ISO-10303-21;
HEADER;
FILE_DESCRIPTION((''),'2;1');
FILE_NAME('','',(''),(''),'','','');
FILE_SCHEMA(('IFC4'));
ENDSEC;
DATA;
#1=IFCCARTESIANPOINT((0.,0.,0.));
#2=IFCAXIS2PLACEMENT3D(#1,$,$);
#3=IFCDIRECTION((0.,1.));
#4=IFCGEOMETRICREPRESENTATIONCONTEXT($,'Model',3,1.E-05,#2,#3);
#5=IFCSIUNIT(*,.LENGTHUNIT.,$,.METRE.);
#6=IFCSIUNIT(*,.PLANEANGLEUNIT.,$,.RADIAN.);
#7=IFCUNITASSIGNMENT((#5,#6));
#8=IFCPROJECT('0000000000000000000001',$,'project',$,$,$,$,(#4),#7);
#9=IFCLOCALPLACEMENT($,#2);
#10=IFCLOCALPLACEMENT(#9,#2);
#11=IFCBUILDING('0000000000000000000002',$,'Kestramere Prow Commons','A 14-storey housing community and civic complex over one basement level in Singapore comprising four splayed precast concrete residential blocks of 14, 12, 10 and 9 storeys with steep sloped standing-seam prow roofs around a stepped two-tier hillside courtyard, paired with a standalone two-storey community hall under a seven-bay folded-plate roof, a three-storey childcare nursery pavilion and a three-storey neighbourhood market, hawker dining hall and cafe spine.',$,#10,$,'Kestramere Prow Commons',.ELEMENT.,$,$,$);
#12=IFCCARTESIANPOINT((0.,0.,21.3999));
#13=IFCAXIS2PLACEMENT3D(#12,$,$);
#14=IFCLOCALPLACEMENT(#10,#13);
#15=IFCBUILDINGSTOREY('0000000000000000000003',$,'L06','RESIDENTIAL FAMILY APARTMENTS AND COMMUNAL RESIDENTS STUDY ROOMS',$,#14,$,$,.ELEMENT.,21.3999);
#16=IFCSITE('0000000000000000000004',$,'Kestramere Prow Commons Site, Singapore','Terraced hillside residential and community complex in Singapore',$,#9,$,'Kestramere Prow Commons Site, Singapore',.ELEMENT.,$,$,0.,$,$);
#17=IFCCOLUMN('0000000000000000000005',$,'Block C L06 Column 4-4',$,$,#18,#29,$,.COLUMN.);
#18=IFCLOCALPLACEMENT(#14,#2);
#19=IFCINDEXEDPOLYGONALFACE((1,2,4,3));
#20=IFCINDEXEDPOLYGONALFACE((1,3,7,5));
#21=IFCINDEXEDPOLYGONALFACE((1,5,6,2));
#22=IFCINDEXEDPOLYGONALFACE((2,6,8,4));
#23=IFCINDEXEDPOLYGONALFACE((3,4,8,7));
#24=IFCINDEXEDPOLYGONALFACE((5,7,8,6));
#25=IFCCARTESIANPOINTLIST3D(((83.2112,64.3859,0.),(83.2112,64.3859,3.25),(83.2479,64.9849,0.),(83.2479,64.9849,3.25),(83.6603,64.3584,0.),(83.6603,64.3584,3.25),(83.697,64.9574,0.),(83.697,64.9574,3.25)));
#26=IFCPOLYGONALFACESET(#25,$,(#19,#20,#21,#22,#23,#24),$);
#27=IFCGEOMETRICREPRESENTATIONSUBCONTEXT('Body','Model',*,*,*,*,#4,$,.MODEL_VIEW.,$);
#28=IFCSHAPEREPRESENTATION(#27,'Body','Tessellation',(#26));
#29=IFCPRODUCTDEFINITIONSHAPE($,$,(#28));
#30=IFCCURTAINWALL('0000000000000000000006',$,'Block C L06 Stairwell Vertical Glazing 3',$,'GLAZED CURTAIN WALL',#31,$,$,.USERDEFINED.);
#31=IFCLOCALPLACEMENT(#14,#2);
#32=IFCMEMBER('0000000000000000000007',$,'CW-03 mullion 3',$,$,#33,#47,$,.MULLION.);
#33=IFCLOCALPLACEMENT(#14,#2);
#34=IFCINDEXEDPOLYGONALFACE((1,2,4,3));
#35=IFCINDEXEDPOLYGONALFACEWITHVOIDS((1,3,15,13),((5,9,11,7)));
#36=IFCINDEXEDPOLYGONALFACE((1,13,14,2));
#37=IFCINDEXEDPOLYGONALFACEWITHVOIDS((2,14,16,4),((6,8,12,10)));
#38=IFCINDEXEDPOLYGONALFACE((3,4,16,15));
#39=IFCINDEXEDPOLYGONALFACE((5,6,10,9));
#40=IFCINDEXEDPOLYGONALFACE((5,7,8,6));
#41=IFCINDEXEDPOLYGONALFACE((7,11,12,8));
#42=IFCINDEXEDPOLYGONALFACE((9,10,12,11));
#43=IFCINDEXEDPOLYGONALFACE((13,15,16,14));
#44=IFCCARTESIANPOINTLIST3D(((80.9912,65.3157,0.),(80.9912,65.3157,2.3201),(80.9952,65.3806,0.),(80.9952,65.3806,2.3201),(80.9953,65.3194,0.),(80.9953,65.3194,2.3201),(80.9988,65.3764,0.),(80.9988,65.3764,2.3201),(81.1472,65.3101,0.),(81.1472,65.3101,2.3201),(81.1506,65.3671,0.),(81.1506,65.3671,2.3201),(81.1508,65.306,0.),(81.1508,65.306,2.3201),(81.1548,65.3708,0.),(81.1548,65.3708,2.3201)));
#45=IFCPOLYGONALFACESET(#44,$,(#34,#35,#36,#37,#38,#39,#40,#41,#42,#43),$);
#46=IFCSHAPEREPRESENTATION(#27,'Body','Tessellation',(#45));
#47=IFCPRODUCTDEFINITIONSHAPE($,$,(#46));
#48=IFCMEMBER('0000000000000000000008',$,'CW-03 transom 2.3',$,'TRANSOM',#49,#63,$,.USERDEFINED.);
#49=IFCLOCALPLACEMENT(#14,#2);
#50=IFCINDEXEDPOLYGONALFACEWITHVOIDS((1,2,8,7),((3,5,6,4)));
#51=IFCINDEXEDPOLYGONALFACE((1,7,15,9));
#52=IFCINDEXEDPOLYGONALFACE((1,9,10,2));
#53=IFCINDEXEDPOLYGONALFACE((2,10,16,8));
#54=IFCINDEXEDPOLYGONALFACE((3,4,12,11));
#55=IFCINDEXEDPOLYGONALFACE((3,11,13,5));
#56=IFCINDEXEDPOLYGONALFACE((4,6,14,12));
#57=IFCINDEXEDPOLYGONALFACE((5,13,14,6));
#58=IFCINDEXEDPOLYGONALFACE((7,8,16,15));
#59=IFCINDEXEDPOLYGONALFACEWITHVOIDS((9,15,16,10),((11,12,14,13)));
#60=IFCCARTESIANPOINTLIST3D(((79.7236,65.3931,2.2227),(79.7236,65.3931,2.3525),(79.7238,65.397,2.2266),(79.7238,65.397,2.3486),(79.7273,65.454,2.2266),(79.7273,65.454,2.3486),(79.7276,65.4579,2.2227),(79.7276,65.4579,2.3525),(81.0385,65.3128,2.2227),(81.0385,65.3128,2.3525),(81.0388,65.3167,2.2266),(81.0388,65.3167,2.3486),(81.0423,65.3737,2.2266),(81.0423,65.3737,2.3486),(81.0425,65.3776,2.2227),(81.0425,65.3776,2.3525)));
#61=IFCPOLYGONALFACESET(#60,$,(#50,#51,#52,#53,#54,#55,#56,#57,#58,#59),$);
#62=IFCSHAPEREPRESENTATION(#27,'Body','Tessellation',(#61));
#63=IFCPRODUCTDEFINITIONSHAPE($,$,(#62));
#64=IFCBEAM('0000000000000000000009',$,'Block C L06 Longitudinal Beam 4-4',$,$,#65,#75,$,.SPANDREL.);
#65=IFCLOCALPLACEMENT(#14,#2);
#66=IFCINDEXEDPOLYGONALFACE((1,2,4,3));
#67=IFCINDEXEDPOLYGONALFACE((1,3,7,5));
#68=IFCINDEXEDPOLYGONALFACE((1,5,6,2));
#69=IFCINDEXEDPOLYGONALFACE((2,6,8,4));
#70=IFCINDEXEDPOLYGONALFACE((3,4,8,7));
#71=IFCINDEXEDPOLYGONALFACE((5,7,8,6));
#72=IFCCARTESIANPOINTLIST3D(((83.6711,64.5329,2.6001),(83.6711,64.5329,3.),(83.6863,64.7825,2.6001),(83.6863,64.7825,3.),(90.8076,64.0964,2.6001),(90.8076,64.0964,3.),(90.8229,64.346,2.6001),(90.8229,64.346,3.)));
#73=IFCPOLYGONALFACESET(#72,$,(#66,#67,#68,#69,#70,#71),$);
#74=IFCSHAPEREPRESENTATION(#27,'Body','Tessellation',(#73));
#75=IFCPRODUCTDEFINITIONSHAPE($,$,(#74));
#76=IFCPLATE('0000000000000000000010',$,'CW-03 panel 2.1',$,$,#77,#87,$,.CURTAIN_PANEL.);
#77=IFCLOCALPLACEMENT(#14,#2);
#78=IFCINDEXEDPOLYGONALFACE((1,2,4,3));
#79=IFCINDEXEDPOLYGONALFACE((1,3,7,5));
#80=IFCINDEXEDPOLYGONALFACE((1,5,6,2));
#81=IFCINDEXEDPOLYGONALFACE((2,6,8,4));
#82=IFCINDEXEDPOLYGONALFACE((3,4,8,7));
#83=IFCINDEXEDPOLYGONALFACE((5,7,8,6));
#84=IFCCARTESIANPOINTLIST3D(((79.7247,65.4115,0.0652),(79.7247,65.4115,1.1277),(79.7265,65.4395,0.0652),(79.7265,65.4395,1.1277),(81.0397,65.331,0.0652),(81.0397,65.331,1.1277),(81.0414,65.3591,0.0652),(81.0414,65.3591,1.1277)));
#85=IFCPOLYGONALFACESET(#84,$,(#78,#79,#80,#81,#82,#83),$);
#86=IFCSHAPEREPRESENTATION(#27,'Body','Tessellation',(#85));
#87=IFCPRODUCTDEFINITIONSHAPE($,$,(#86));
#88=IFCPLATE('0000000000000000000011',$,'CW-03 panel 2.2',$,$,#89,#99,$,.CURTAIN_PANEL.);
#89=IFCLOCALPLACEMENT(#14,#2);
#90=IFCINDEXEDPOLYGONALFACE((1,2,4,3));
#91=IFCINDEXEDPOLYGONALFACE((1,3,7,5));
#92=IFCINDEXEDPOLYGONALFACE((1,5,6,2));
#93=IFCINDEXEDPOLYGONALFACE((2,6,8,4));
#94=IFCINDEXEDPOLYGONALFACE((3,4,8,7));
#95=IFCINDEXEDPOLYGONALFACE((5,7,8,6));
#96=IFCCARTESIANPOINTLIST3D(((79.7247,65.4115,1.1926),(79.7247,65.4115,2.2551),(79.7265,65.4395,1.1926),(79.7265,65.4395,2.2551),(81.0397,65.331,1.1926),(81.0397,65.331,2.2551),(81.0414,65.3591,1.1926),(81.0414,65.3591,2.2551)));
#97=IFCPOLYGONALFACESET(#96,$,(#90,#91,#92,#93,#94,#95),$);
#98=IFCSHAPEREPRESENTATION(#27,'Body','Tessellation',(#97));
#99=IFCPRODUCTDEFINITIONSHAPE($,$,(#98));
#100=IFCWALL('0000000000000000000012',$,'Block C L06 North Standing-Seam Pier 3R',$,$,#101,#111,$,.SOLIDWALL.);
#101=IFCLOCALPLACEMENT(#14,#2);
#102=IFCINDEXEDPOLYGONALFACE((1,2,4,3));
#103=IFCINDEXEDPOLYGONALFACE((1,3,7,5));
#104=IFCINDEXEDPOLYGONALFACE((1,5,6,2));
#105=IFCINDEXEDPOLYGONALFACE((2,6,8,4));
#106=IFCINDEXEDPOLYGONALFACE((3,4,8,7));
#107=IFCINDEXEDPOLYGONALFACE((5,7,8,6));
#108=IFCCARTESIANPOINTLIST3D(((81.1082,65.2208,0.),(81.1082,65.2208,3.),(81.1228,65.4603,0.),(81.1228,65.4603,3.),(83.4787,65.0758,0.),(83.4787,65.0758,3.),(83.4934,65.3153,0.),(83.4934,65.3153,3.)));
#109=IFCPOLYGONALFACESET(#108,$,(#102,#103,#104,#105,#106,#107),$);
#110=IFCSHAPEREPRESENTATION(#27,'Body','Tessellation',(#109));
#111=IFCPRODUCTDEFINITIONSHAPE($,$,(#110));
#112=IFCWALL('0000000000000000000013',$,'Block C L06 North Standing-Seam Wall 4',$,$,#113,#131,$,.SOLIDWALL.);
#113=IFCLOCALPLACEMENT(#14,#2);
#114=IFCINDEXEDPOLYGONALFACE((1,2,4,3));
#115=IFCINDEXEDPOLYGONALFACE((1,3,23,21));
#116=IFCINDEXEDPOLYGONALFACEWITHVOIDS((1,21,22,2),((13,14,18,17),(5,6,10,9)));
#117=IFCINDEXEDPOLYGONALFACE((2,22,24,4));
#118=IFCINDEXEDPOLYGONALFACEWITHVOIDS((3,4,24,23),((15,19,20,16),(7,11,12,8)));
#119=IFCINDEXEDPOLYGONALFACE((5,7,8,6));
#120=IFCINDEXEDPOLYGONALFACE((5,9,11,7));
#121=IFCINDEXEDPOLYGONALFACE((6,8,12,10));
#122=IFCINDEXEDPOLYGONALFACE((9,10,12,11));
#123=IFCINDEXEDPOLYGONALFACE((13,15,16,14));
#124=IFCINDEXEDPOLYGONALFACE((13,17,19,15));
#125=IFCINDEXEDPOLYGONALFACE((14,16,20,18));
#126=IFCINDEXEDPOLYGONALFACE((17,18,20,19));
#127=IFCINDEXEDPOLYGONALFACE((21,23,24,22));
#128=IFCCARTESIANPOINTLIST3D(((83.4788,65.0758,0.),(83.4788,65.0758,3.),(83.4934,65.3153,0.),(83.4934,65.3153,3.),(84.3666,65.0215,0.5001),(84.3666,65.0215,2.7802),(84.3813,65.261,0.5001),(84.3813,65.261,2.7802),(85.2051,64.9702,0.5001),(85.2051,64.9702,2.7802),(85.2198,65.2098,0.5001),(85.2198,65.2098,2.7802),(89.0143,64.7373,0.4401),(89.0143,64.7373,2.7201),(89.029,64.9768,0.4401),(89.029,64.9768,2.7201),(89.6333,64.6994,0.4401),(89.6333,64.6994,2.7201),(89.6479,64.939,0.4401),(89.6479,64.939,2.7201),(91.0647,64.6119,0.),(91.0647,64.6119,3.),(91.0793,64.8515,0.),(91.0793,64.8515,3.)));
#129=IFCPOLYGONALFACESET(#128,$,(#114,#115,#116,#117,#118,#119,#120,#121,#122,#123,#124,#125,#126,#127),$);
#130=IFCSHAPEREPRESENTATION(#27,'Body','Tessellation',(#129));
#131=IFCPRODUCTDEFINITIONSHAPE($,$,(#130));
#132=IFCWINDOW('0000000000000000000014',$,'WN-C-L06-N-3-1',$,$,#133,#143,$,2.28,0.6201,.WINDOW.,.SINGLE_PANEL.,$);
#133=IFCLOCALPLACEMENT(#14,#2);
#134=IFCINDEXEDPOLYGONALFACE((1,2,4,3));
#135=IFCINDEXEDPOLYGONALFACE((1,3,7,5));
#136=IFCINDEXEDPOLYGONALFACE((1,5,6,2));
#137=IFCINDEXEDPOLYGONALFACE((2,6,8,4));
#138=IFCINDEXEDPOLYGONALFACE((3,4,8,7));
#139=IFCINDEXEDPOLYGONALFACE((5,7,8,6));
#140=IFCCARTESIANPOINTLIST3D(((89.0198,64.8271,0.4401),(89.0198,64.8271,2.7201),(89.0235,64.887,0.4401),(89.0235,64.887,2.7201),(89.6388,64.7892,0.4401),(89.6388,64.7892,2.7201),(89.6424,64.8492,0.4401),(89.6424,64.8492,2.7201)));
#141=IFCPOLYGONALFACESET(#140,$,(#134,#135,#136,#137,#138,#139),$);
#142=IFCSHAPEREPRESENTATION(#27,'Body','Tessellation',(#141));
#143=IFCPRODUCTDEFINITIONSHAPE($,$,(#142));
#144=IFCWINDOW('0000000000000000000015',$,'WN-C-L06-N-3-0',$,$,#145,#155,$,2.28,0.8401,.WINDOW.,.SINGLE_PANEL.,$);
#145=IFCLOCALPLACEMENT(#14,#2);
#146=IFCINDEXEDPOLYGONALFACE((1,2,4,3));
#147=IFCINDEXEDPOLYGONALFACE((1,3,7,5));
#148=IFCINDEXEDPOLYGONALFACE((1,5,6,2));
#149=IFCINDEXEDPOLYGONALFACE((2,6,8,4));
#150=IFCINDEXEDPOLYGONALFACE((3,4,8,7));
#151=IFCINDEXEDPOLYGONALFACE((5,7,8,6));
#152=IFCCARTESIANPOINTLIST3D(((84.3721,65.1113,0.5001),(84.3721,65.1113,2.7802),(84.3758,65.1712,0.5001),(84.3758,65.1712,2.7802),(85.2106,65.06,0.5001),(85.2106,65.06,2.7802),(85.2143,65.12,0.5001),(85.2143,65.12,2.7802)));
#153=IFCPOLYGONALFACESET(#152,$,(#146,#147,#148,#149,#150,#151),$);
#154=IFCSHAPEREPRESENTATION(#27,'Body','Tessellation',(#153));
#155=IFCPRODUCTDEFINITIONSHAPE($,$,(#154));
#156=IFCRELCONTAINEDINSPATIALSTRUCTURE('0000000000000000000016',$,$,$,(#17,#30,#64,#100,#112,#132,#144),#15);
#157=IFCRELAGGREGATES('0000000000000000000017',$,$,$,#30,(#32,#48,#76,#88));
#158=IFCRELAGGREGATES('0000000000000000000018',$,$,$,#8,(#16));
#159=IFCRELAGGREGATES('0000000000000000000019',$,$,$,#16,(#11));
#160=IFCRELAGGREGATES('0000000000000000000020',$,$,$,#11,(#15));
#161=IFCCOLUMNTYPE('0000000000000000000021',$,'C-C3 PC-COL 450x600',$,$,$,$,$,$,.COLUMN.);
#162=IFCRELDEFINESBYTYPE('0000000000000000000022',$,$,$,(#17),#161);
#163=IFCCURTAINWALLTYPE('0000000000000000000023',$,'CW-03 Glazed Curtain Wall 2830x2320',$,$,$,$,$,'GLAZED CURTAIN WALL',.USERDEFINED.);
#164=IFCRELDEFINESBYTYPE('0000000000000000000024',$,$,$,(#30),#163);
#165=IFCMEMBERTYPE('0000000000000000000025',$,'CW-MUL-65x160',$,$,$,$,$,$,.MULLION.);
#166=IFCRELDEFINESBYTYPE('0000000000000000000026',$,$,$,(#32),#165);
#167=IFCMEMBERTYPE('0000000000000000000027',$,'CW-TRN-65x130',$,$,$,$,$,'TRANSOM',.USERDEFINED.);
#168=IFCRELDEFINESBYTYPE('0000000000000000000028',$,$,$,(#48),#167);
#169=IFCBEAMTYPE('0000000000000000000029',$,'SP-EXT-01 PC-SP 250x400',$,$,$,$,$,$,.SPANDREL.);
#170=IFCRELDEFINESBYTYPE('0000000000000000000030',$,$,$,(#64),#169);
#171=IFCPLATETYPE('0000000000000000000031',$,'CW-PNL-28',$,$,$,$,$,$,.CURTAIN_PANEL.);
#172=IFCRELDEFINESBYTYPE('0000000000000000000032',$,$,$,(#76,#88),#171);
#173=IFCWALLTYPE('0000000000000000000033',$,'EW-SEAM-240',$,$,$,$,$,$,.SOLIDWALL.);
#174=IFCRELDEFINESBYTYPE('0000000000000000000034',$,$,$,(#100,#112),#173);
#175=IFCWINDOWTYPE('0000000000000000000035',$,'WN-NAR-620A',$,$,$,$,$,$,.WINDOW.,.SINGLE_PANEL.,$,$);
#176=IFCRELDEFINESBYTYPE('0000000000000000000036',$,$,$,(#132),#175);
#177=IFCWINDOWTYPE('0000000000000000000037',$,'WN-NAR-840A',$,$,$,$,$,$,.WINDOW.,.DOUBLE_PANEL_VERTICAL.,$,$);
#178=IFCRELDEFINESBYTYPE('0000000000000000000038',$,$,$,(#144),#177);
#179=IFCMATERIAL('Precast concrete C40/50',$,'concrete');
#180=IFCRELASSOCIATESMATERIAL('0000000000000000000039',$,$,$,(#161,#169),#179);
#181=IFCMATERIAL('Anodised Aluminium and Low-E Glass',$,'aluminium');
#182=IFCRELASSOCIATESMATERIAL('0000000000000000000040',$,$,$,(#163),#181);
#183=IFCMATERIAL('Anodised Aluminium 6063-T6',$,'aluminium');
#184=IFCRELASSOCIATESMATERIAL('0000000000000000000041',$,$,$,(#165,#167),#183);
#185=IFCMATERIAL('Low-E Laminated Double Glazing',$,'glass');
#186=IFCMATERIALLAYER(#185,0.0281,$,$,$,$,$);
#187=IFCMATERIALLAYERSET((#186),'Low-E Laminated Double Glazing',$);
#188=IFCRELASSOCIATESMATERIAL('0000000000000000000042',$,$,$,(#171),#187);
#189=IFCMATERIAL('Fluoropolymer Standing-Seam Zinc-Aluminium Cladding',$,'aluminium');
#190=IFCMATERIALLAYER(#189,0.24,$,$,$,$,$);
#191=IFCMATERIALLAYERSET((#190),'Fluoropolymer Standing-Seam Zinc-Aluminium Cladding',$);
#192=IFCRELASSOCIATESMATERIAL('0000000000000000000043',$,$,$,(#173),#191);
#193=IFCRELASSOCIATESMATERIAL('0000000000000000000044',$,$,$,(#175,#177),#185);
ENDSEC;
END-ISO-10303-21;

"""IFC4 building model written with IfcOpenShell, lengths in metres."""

from ifc_helpers import new_model, si_unit, direction, frame, frame_2d, origin, origin_2d, place, context, subcontext, project, spatial, rectangle, hollow_rectangle, extrude, material, layer, layer_set, material_profile, profile_set, type_object, element, fill, aggregate, save


model = new_model("IFC4")

# Units and contexts
model_context = context("Model", 3, precision=1e-05, world=origin(), true_north=direction((0.0, 1.0)))
body_context = subcontext(model_context, "Body", "Model", "MODEL_VIEW")
ifc_project = project(units=[si_unit("LENGTHUNIT", "METRE"), si_unit("PLANEANGLEUNIT", "RADIAN")], contexts=[model_context])

# Site, building, storey
site_placement = place(None, origin())
site = spatial("IfcSite", under=ifc_project, at=site_placement, Name="Kestramere Prow Commons Site, Singapore", Description="Terraced hillside residential and community complex in Singapore", LongName="Kestramere Prow Commons Site, Singapore", CompositionType="ELEMENT", RefElevation=0.0)
building_placement = place(site_placement, origin())
building = spatial("IfcBuilding", under=site, at=building_placement, Name="Kestramere Prow Commons", Description="A 14-storey housing community and civic complex over one basement level in Singapore comprising four splayed precast concrete residential blocks of 14, 12, 10 and 9 storeys with steep sloped standing-seam prow roofs around a stepped two-tier hillside courtyard, paired with a standalone two-storey community hall under a seven-bay folded-plate roof, a three-storey childcare nursery pavilion and a three-storey neighbourhood market, hawker dining hall and cafe spine.", LongName="Kestramere Prow Commons", CompositionType="ELEMENT")
storey_placement = place(building_placement, frame((0.0, 0.0, 21.3999)))
storey = spatial("IfcBuildingStorey", under=building, at=storey_placement, Name="L06", Description="RESIDENTIAL FAMILY APARTMENTS AND COMMUNAL RESIDENTS STUDY ROOMS", CompositionType="ELEMENT", Elevation=21.3999)

# Column
ifc_material_1 = material(Name="Precast concrete C40/50", Category="concrete")
ifc_material_profile_1 = material_profile(ifc_material_1, rectangle(XDim=0.45, YDim=0.6001, at=origin_2d()), Name="PC-COL 450x600")
ifc_profile_set_1 = profile_set([ifc_material_profile_1], Name="Precast concrete C40/50")
column_type = type_object("IfcColumnType", Name="C-C3 PC-COL 450x600", PredefinedType="COLUMN", material=ifc_profile_set_1)
column_placement = place(storey_placement, frame((83.4541, 64.6716, 0.0), z_axis=(0.0, 0.0, 1.0), x_axis=(0.998135, -0.061049, 0.0)))
element("IfcColumn", 1, at=column_placement, inside=storey, type_object=column_type, Name="Block C L06 Column 4-4", PredefinedType="COLUMN", context=body_context, shape_type="SweptSolid", body=[
    extrude(rectangle(XDim=0.45, YDim=0.6001, at=origin_2d()), origin(), (0.0, 0.0, 1.0), 3.25),
])

# Curtain wall, members
ifc_material_2 = material(Name="Anodised Aluminium and Low-E Glass", Category="aluminium")
curtain_wall_type = type_object("IfcCurtainWallType", Name="CW-03 Glazed Curtain Wall 2830x2320", ElementType="GLAZED CURTAIN WALL", PredefinedType="USERDEFINED", material=ifc_material_2)
curtain_wall_placement = place(storey_placement, origin())
curtain_wall = element("IfcCurtainWall", 2, at=curtain_wall_placement, inside=storey, type_object=curtain_wall_type, Name="Block C L06 Stairwell Vertical Glazing 3", ObjectType="GLAZED CURTAIN WALL", PredefinedType="USERDEFINED")
ifc_material_3 = material(Name="Anodised Aluminium 6063-T6", Category="aluminium")
ifc_material_profile_2 = material_profile(ifc_material_3, hollow_rectangle(XDim=0.0649, YDim=0.1599, WallThickness=0.0039, at=origin_2d()), Name="ALU-MUL 65x160")
ifc_profile_set_2 = profile_set([ifc_material_profile_2], Name="Anodised Aluminium 6063-T6")
member_type_1 = type_object("IfcMemberType", Name="CW-MUL-65x160", PredefinedType="MULLION", material=ifc_profile_set_2)
member_1_placement = place(storey_placement, frame((81.073, 65.3433, 0.0), z_axis=(0.0, 0.0, 1.0), x_axis=(0.061048, 0.998135, 0.0)))
member_1 = element("IfcMember", 3, at=member_1_placement, type_object=member_type_1, Name="CW-03 mullion 3", PredefinedType="MULLION", context=body_context, shape_type="SweptSolid", body=[
    extrude(hollow_rectangle(XDim=0.0649, YDim=0.1599, WallThickness=0.0039, at=origin_2d()), origin(), (0.0, 0.0, 1.0), 2.3201),
])
ifc_material_profile_3 = material_profile(ifc_material_3, hollow_rectangle(XDim=0.0649, YDim=0.1299, WallThickness=0.0039, at=origin_2d()), Name="ALU-TRN 65x130")
ifc_profile_set_3 = profile_set([ifc_material_profile_3], Name="Anodised Aluminium 6063-T6")
member_type_2 = type_object("IfcMemberType", Name="CW-TRN-65x130", ElementType="TRANSOM", PredefinedType="USERDEFINED", material=ifc_profile_set_3)
member_2_placement = place(storey_placement, frame((79.7256, 65.4255, 2.2876), z_axis=(0.99814, -0.060971, 0.0), x_axis=(0.060971, 0.99814, 0.0)))
member_2 = element("IfcMember", 4, at=member_2_placement, type_object=member_type_2, Name="CW-03 transom 2.3", ObjectType="TRANSOM", PredefinedType="USERDEFINED", context=body_context, shape_type="SweptSolid", body=[
    extrude(hollow_rectangle(XDim=0.0649, YDim=0.1299, WallThickness=0.0039, at=origin_2d()), origin(), (0.0, 0.0, 1.0), 1.3174),
])

# Beam
ifc_material_profile_4 = material_profile(ifc_material_1, rectangle(XDim=0.25, YDim=0.3999, at=origin_2d()), Name="PC-SP 250x400")
ifc_profile_set_4 = profile_set([ifc_material_profile_4], Name="Precast concrete C40/50")
beam_type = type_object("IfcBeamType", Name="SP-EXT-01 PC-SP 250x400", PredefinedType="SPANDREL", material=ifc_profile_set_4)
beam_placement = place(storey_placement, frame((83.6787, 64.6577, 2.8), z_axis=(0.998134, -0.061054, 0.0), x_axis=(0.061054, 0.998134, 0.0)))
element("IfcBeam", 5, at=beam_placement, inside=storey, type_object=beam_type, Name="Block C L06 Longitudinal Beam 4-4", PredefinedType="SPANDREL", context=body_context, shape_type="SweptSolid", body=[
    extrude(rectangle(XDim=0.25, YDim=0.3999, at=origin_2d()), origin(), (0.0, 0.0, 1.0), 7.1499),
])

# Plates
ifc_material_4 = material(Name="Low-E Laminated Double Glazing", Category="glass")
ifc_layer_1 = layer(ifc_material_4, 0.0281)
ifc_layer_set_1 = layer_set([ifc_layer_1], Name="Low-E Laminated Double Glazing")
plate_type = type_object("IfcPlateType", Name="CW-PNL-28", PredefinedType="CURTAIN_PANEL", material=ifc_layer_set_1)
plate_1_placement = place(storey_placement, frame((80.3831, 65.3853, 0.0652), z_axis=(0.0, 0.0, 1.0), x_axis=(0.998135, -0.061048, 0.0)))
plate_1 = element("IfcPlate", 6, at=plate_1_placement, type_object=plate_type, Name="CW-03 panel 2.1", PredefinedType="CURTAIN_PANEL", context=body_context, shape_type="SweptSolid", body=[
    extrude(rectangle(XDim=1.3174, YDim=0.0281, at=origin_2d()), origin(), (0.0, 0.0, 1.0), 1.0625),
])
plate_2_placement = place(storey_placement, frame((80.3831, 65.3853, 1.1926), z_axis=(0.0, 0.0, 1.0), x_axis=(0.998135, -0.061048, 0.0)))
plate_2 = element("IfcPlate", 7, at=plate_2_placement, type_object=plate_type, Name="CW-03 panel 2.2", PredefinedType="CURTAIN_PANEL", context=body_context, shape_type="SweptSolid", body=[
    extrude(rectangle(XDim=1.3174, YDim=0.0281, at=origin_2d()), origin(), (0.0, 0.0, 1.0), 1.0625),
])
aggregate(curtain_wall, [member_1, member_2, plate_1, plate_2])

# Wall
ifc_material_5 = material(Name="Fluoropolymer Standing-Seam Zinc-Aluminium Cladding", Category="aluminium")
ifc_layer_2 = layer(ifc_material_5, 0.24)
ifc_layer_set_2 = layer_set([ifc_layer_2], Name="Fluoropolymer Standing-Seam Zinc-Aluminium Cladding")
wall_type_1 = type_object("IfcWallType", Name="EW-SEAM-240", PredefinedType="SOLIDWALL", material=ifc_layer_set_2)
wall_1_placement = place(storey_placement, frame((81.1155, 65.3406, 0.0), z_axis=(0.0, 0.0, 1.0), x_axis=(0.998134, -0.06106, 0.0)))
element("IfcWall", 8, at=wall_1_placement, inside=storey, type_object=wall_type_1, Name="Block C L06 North Standing-Seam Pier 3R", PredefinedType="SOLIDWALL", context=body_context, shape_type="SweptSolid", body=[
    extrude(rectangle(XDim=2.375, YDim=0.24, at=frame_2d((1.1875, 0.0))), origin(), (0.0, 0.0, 1.0), 3.0),
])

# Wall, openings, windows
wall_2_placement = place(storey_placement, frame((83.4861, 65.1956, 0.0), z_axis=(0.0, 0.0, 1.0), x_axis=(0.998136, -0.061034, 0.0)))
wall_2 = element("IfcWall", 9, at=wall_2_placement, inside=storey, type_object=wall_type_1, Name="Block C L06 North Standing-Seam Wall 4", PredefinedType="SOLIDWALL", context=body_context, shape_type="SweptSolid", body=[
    extrude(rectangle(XDim=7.6001, YDim=0.24, at=frame_2d((3.8, 0.0))), origin(), (0.0, 0.0, 1.0), 3.0),
])
opening_1_placement = place(wall_2_placement, frame((0.8896, 0.0, 0.5)))
opening_1 = element("IfcOpeningElement", 10, at=opening_1_placement, cuts=wall_2, PredefinedType="OPENING", context=body_context, shape_type="SweptSolid", body=[
    extrude(rectangle(XDim=0.8401, YDim=2.28, at=frame_2d((0.4199, 1.1401))), frame((0.0, 0.135, 0.0), z_axis=(0.0, -1.0, 0.0), x_axis=(1.0, 0.0, 0.0)), (0.0, 0.0, 1.0), 0.27),
])
opening_2_placement = place(wall_2_placement, frame((5.5459, 0.0, 0.4399)))
opening_2 = element("IfcOpeningElement", 11, at=opening_2_placement, cuts=wall_2, PredefinedType="OPENING", context=body_context, shape_type="SweptSolid", body=[
    extrude(rectangle(XDim=0.6201, YDim=2.28, at=frame_2d((0.3101, 1.1401))), frame((0.0, 0.135, 0.0), z_axis=(0.0, -1.0, 0.0), x_axis=(1.0, 0.0, 0.0)), (0.0, 0.0, 1.0), 0.27),
])
window_type_1 = type_object("IfcWindowType", Name="WN-NAR-620A", PartitioningType="SINGLE_PANEL", PredefinedType="WINDOW", material=ifc_material_4)
window_1_placement = place(opening_2_placement, origin())
window_1 = element("IfcWindow", 12, at=window_1_placement, inside=storey, type_object=window_type_1, Name="WN-C-L06-N-3-1", OverallHeight=2.28, OverallWidth=0.6201, PartitioningType="SINGLE_PANEL", PredefinedType="WINDOW", context=body_context, shape_type="SweptSolid", body=[
    extrude(rectangle(XDim=0.6201, YDim=2.28, at=frame_2d((0.3101, 1.1401))), frame((0.0, 0.03, 0.0), z_axis=(0.0, -1.0, 0.0), x_axis=(1.0, 0.0, 0.0)), (0.0, 0.0, 1.0), 0.0601),
])
fill(opening_2, window_1)
window_type_2 = type_object("IfcWindowType", Name="WN-NAR-840A", PartitioningType="DOUBLE_PANEL_VERTICAL", PredefinedType="WINDOW", material=ifc_material_4)
window_2_placement = place(opening_1_placement, origin())
window_2 = element("IfcWindow", 13, at=window_2_placement, inside=storey, type_object=window_type_2, Name="WN-C-L06-N-3-0", OverallHeight=2.28, OverallWidth=0.8401, PartitioningType="SINGLE_PANEL", PredefinedType="WINDOW", context=body_context, shape_type="SweptSolid", body=[
    extrude(rectangle(XDim=0.8401, YDim=2.28, at=frame_2d((0.4199, 1.1401))), frame((0.0, 0.03, 0.0), z_axis=(0.0, -1.0, 0.0), x_axis=(1.0, 0.0, 0.0)), (0.0, 0.0, 1.0), 0.0601),
])
fill(opening_1, window_2)

save(model, "model.ifc")
